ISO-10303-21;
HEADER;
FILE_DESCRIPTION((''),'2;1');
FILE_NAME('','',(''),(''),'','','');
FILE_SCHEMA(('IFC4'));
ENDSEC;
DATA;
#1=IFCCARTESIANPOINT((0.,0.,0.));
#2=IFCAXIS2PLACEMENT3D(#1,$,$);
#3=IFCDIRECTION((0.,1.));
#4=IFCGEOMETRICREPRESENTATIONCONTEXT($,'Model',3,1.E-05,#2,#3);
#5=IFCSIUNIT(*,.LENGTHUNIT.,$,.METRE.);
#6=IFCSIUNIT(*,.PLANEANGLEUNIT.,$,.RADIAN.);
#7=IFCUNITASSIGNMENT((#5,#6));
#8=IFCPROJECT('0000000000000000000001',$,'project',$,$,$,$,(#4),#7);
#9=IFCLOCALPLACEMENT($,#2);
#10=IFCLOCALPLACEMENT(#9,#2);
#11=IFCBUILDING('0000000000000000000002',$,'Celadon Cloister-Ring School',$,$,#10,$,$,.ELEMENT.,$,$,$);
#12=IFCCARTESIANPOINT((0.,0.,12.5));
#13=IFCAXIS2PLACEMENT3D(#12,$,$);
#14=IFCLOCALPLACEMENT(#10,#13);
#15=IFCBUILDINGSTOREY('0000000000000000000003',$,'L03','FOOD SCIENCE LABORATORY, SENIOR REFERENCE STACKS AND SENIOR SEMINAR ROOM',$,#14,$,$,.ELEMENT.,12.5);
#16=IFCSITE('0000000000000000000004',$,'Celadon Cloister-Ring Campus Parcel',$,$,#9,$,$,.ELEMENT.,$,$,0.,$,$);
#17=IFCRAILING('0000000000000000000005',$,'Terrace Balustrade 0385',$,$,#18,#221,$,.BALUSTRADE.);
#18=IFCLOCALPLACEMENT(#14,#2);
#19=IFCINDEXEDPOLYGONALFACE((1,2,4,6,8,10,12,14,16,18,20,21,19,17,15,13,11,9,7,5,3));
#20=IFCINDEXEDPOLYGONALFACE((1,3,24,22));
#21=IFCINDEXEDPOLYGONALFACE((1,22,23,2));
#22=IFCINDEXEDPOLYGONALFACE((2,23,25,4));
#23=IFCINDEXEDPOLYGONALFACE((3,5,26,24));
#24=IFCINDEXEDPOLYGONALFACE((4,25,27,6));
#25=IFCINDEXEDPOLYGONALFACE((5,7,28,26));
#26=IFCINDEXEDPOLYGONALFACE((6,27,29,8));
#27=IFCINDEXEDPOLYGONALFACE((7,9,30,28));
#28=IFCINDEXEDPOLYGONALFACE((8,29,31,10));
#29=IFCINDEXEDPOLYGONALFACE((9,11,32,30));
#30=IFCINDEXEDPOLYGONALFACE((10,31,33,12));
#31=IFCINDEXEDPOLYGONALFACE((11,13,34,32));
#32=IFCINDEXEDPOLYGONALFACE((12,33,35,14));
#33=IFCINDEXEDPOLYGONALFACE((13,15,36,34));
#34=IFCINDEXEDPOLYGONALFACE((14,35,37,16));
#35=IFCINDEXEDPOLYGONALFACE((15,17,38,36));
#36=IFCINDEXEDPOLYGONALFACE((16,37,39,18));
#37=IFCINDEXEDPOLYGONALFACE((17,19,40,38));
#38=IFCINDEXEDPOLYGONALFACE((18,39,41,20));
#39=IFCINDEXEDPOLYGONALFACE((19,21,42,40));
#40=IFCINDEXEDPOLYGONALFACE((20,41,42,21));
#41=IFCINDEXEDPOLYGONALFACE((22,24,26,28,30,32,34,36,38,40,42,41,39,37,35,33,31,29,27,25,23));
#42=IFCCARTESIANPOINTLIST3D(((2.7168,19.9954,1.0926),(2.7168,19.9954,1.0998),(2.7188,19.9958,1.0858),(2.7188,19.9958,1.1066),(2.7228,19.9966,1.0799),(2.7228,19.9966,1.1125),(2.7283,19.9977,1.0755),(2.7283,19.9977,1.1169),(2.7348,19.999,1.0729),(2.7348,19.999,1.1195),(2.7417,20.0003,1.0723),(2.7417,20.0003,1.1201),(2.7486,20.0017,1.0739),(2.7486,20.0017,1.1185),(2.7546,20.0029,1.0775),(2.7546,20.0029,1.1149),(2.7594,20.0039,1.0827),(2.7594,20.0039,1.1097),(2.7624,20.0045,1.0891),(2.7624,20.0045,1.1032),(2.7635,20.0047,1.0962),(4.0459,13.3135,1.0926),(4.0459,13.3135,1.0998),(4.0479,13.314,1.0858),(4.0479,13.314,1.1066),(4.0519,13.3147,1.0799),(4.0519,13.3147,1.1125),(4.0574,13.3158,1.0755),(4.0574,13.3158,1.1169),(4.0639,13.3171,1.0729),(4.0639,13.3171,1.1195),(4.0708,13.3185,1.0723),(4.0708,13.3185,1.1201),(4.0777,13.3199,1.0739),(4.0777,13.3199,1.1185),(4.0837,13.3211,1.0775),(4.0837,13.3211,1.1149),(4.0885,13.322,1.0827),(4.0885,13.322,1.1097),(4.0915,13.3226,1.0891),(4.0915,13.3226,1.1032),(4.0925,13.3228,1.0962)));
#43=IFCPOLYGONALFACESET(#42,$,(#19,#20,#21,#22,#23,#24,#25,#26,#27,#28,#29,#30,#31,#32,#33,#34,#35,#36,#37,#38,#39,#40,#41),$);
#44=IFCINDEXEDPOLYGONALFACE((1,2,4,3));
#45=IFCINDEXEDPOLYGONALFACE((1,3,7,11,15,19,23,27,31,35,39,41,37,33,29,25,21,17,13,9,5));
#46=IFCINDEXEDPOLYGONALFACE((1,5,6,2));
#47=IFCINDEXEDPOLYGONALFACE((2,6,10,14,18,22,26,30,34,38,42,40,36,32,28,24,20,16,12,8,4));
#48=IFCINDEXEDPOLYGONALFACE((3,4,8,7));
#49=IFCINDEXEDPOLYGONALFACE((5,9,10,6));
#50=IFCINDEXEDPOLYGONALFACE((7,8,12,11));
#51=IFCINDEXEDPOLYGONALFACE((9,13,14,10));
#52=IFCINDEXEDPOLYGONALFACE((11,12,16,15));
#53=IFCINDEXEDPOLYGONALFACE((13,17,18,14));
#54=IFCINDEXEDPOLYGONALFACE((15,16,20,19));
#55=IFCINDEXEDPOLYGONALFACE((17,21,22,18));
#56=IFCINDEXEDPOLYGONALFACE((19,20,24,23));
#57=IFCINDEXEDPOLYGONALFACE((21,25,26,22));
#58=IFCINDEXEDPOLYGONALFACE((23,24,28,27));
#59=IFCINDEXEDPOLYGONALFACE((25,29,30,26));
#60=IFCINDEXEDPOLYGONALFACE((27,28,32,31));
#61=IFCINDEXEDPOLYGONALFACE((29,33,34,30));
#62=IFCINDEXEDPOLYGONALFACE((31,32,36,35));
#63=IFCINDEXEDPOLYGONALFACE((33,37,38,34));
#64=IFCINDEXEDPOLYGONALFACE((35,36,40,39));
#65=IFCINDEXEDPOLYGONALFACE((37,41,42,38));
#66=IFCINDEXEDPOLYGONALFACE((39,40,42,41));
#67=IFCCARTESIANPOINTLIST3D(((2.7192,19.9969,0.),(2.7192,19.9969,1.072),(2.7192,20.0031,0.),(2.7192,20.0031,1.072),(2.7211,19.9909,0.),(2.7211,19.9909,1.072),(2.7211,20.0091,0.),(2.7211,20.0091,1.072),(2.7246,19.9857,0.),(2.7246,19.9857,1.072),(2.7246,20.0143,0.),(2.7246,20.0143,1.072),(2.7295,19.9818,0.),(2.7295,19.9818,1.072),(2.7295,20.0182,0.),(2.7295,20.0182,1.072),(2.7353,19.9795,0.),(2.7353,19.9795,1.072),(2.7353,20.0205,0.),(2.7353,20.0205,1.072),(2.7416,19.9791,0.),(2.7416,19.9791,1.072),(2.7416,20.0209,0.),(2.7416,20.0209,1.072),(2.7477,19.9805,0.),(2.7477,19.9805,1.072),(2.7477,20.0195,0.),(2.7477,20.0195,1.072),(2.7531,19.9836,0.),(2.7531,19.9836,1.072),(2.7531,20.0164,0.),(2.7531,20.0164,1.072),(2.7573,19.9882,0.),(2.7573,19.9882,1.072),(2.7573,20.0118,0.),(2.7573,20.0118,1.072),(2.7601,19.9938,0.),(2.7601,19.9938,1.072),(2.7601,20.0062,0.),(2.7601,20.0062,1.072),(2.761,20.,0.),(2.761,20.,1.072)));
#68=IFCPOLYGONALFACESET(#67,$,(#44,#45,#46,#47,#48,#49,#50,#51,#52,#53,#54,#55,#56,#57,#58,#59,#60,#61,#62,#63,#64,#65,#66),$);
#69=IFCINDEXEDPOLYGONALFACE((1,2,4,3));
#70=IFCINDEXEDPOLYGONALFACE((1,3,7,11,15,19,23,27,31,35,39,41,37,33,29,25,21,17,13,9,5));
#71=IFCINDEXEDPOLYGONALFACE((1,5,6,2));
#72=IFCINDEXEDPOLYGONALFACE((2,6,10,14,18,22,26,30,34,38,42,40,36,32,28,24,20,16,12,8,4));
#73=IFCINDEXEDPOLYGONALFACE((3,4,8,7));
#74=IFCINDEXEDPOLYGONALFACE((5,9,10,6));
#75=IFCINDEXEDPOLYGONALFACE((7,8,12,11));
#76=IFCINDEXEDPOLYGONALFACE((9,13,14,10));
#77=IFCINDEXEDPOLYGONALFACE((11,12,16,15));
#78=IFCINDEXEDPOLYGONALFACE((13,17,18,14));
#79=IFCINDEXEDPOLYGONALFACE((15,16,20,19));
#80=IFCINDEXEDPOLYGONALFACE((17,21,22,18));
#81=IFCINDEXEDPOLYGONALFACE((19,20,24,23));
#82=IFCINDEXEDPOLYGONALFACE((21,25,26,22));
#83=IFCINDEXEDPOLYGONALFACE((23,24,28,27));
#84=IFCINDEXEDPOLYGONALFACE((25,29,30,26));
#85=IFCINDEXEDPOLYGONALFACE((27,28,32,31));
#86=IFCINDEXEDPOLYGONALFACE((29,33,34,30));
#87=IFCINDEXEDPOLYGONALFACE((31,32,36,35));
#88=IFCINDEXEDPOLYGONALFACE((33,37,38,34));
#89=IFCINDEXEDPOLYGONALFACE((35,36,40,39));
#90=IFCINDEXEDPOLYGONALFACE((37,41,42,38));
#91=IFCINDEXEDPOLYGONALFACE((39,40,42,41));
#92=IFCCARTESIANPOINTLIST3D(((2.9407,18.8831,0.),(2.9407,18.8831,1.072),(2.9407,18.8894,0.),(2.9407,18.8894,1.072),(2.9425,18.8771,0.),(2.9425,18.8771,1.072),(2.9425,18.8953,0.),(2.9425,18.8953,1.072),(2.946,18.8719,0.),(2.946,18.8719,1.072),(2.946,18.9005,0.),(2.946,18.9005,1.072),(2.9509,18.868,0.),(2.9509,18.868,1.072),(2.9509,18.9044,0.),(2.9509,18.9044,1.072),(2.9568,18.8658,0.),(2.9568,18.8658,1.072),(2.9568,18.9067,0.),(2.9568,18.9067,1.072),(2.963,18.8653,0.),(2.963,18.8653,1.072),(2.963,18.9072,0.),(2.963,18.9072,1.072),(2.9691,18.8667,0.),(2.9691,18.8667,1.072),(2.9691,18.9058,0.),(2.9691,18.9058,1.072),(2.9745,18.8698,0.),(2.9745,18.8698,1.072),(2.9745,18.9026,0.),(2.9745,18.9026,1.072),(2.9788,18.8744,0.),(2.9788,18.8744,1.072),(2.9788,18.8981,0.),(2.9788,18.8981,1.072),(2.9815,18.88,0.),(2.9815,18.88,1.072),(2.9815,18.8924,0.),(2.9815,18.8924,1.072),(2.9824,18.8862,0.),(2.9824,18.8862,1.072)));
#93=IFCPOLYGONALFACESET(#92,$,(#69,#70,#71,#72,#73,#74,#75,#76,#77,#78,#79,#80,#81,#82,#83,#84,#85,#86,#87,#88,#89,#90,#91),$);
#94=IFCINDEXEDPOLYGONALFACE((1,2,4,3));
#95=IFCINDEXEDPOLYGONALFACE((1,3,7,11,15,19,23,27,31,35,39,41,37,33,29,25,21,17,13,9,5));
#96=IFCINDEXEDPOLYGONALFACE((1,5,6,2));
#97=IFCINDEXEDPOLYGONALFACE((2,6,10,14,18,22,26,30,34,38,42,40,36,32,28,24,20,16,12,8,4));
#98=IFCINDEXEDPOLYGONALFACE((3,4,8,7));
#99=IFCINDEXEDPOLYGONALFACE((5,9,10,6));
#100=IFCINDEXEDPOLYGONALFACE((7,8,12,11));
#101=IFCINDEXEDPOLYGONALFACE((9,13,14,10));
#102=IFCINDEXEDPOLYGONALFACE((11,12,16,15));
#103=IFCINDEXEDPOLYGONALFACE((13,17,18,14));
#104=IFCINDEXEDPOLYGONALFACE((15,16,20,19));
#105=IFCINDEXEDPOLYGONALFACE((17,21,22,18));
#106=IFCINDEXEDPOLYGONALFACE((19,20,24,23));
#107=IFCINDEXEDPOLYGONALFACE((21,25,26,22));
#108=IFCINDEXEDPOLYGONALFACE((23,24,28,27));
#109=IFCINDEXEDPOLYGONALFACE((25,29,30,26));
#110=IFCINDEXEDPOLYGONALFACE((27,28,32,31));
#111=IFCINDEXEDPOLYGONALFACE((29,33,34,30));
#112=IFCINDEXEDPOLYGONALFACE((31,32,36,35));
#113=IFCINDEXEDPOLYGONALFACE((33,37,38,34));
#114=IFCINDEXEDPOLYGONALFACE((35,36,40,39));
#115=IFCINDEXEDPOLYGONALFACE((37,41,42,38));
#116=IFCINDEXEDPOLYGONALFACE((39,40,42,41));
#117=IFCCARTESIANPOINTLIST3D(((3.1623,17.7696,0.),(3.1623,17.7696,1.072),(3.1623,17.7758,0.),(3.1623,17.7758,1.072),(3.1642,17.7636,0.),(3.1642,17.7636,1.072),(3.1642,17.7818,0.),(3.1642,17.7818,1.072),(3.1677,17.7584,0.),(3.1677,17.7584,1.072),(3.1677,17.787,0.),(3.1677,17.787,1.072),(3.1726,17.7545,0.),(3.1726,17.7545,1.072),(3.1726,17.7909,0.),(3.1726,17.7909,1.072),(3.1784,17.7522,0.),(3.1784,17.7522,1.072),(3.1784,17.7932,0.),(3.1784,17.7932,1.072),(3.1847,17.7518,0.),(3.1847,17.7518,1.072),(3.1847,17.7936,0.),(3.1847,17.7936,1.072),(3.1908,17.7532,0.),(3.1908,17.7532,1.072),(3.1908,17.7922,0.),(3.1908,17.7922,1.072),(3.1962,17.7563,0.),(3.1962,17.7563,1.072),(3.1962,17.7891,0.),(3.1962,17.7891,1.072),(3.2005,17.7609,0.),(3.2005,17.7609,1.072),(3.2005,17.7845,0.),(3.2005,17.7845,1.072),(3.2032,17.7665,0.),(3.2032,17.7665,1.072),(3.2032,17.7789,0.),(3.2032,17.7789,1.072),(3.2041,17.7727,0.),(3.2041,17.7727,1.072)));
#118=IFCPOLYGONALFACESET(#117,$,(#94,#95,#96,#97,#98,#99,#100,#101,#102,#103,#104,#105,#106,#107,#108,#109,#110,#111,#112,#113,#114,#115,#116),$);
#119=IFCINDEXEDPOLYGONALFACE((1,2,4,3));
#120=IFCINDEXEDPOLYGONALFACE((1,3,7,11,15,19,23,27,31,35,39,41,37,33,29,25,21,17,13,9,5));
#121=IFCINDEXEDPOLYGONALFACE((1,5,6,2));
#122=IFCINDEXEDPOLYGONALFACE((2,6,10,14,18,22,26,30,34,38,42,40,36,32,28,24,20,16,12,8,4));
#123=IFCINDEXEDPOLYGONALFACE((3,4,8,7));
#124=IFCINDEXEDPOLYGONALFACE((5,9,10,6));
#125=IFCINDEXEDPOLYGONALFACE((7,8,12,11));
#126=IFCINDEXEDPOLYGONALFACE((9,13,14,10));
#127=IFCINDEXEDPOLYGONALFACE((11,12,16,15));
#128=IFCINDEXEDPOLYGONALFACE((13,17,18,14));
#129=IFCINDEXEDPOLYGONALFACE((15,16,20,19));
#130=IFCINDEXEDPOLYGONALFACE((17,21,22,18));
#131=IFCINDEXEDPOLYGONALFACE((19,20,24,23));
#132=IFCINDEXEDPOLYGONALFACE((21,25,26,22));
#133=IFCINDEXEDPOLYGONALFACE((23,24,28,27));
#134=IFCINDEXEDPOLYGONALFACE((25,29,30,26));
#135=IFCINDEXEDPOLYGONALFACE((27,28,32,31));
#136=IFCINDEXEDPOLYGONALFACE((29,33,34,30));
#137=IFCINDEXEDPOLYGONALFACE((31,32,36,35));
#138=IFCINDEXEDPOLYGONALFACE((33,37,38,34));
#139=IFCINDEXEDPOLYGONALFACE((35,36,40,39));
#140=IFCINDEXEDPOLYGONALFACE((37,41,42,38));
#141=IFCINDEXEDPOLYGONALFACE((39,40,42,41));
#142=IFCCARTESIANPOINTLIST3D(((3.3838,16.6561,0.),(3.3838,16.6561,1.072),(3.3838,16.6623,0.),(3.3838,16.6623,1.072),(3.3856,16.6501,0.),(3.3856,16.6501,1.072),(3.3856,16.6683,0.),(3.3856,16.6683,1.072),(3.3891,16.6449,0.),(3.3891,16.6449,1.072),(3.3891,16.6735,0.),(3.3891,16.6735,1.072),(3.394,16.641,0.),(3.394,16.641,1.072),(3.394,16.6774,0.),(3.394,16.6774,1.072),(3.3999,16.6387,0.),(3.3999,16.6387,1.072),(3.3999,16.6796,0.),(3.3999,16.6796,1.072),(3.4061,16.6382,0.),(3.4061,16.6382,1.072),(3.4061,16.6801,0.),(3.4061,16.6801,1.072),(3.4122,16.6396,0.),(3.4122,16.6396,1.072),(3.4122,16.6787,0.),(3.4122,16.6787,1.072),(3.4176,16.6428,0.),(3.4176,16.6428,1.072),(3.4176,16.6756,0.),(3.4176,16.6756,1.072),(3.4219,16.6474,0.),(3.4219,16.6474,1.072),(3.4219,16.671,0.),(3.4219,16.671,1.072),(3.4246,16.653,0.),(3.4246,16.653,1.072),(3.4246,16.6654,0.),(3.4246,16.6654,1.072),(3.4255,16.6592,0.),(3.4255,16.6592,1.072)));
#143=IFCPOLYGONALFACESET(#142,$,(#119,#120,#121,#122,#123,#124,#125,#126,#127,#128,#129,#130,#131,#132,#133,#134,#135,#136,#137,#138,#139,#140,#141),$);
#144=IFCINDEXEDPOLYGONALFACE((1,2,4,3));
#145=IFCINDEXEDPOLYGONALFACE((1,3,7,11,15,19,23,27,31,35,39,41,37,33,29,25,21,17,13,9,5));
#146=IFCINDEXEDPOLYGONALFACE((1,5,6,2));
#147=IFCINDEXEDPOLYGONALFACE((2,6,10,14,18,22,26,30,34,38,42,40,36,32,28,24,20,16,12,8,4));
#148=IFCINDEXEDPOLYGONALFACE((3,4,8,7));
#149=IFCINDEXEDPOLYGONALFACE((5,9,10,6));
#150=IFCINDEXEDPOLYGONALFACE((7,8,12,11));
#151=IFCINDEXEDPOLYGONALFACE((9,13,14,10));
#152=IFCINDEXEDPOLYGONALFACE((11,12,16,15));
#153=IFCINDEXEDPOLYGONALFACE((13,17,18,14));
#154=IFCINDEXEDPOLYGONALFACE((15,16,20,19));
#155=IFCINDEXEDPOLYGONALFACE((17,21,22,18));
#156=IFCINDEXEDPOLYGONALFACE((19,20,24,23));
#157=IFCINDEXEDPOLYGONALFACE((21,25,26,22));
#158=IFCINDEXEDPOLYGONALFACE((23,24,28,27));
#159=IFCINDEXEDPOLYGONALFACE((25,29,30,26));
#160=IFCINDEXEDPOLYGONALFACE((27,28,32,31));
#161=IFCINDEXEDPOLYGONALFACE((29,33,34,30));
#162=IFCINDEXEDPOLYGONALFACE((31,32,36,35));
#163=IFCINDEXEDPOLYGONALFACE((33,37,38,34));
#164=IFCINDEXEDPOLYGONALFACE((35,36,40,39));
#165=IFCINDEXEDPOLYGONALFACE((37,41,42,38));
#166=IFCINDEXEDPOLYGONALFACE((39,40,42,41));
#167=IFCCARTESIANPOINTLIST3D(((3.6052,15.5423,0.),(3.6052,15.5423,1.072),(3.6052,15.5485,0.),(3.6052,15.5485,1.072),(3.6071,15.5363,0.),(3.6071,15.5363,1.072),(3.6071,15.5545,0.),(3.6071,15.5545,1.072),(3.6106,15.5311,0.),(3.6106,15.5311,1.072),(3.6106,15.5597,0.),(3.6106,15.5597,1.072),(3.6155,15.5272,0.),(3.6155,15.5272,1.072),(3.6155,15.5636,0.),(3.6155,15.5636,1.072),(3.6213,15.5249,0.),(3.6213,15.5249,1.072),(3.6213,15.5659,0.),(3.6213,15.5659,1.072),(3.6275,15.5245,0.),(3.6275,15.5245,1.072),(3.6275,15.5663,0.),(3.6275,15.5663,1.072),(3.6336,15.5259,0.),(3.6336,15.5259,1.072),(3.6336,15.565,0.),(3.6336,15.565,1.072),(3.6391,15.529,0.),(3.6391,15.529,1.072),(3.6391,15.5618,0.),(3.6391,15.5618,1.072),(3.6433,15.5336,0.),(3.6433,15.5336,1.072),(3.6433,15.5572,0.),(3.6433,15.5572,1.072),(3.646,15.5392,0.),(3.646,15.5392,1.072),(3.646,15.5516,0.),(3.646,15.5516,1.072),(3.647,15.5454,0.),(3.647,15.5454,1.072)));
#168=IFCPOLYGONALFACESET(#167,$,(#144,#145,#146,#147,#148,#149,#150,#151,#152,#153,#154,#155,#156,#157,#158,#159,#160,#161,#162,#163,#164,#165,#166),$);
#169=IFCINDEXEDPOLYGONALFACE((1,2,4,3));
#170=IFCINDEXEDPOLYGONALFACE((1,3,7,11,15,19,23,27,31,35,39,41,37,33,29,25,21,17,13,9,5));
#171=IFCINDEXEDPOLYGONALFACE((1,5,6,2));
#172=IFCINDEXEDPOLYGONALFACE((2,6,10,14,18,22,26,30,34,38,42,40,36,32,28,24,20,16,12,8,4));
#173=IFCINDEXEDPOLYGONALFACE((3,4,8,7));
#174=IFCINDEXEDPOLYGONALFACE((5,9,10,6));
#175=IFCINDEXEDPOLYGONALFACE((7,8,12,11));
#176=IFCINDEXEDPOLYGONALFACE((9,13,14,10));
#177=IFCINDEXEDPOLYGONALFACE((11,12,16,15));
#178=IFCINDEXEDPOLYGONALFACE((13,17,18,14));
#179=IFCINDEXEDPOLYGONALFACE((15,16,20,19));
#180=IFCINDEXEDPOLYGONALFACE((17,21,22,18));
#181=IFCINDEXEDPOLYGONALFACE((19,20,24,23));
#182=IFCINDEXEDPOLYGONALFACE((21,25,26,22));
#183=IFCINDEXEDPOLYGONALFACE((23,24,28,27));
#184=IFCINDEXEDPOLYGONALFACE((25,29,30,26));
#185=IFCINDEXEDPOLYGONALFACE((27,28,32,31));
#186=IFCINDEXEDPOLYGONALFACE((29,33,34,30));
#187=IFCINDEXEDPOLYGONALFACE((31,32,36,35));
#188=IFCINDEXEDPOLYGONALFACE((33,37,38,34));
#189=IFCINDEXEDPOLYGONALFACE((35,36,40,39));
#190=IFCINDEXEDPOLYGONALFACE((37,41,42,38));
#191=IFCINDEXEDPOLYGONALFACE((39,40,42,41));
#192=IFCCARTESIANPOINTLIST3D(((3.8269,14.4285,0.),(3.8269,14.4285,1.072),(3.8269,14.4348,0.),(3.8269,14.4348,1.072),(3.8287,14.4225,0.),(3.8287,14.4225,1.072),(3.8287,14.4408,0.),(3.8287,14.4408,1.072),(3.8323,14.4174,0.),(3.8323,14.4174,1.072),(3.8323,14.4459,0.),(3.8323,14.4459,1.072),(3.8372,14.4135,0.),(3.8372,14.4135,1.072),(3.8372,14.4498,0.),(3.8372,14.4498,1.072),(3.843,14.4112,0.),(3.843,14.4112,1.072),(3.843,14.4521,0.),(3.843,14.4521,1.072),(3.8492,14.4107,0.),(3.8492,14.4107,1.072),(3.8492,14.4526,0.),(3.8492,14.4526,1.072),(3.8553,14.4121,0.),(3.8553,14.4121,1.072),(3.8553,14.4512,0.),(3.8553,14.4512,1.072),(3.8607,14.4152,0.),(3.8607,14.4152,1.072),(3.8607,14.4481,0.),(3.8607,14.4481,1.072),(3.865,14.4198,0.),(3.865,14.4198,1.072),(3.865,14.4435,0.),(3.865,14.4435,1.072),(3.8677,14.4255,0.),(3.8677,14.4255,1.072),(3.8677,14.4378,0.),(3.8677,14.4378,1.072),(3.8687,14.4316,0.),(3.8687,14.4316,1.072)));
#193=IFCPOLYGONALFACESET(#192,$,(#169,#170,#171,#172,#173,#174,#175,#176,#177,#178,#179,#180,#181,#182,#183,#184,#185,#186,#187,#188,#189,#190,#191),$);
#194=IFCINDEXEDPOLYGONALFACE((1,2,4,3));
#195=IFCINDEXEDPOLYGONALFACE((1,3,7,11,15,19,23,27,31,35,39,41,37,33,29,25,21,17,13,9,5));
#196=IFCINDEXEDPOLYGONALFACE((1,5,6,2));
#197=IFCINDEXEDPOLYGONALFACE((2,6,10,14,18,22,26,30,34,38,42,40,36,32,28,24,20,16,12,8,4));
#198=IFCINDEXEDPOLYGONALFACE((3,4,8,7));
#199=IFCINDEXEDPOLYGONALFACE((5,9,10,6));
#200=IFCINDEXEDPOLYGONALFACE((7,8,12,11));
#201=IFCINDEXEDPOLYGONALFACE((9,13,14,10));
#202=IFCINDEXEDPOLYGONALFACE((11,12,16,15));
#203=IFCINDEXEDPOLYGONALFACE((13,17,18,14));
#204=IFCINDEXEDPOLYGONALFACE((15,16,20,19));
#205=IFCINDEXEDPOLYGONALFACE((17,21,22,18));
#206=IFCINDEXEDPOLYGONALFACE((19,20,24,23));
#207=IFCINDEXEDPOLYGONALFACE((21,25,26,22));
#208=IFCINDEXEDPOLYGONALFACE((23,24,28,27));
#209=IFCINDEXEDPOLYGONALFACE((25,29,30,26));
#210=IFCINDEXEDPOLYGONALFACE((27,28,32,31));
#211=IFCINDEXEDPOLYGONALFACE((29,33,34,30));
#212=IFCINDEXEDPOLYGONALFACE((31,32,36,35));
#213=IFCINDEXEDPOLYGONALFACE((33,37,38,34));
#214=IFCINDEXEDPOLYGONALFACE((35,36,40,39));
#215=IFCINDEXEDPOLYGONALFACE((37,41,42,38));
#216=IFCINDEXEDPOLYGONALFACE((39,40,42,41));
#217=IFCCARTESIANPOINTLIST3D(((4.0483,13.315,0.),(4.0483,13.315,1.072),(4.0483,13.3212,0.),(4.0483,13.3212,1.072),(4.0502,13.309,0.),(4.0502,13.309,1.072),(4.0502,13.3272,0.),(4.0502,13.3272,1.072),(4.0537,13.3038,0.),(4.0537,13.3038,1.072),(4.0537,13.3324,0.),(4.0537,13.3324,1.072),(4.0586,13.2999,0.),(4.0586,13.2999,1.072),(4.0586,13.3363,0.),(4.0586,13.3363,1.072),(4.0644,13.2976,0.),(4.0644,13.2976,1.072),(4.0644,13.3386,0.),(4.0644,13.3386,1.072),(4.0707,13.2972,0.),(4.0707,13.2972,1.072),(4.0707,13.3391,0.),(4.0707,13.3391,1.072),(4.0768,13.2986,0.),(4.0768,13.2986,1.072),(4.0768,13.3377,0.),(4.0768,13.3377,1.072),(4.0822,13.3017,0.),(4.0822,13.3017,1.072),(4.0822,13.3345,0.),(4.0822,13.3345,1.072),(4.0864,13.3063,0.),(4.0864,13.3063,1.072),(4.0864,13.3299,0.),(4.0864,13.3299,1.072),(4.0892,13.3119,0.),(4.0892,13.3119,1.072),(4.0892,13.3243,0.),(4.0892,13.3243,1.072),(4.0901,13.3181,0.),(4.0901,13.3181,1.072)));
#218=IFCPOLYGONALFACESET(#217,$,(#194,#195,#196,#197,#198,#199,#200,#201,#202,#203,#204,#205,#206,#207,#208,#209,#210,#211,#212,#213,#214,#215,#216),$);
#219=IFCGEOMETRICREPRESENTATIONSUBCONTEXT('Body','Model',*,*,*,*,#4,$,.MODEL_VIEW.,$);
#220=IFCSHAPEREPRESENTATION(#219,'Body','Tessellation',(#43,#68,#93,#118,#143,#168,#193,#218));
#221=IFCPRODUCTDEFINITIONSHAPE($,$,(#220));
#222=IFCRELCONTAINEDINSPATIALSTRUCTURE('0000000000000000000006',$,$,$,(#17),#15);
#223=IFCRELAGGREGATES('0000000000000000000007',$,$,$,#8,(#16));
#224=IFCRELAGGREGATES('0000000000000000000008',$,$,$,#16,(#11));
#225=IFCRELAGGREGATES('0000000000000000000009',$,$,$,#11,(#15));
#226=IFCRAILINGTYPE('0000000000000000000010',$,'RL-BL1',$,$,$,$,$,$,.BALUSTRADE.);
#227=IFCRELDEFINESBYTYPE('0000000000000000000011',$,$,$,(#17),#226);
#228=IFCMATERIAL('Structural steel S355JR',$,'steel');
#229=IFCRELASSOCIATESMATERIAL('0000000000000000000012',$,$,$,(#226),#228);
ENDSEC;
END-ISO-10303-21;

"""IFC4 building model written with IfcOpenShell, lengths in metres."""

from ifc_helpers import new_model, si_unit, direction, frame, origin, origin_2d, place, context, subcontext, project, spatial, circle, extrude, material, type_object, element, save


model = new_model("IFC4")

# Units and contexts
model_context = context("Model", 3, precision=1e-05, world=origin(), true_north=direction((0.0, 1.0)))
body_context = subcontext(model_context, "Body", "Model", "MODEL_VIEW")
ifc_project = project(units=[si_unit("LENGTHUNIT", "METRE"), si_unit("PLANEANGLEUNIT", "RADIAN")], contexts=[model_context])

# Site, building, storey
site_placement = place(None, origin())
site = spatial("IfcSite", under=ifc_project, at=site_placement, Name="Celadon Cloister-Ring Campus Parcel", CompositionType="ELEMENT", RefElevation=0.0)
building_placement = place(site_placement, origin())
building = spatial("IfcBuilding", under=site, at=building_placement, Name="Celadon Cloister-Ring School", CompositionType="ELEMENT")
storey_placement = place(building_placement, frame((0.0, 0.0, 12.5)))
storey = spatial("IfcBuildingStorey", under=building, at=storey_placement, Name="L03", Description="FOOD SCIENCE LABORATORY, SENIOR REFERENCE STACKS AND SENIOR SEMINAR ROOM", CompositionType="ELEMENT", Elevation=12.5)

# Railing
ifc_material_1 = material(Name="Structural steel S355JR", Category="steel")
railing_type_1 = type_object("IfcRailingType", Name="RL-BL1", PredefinedType="BALUSTRADE", material=ifc_material_1)
railing_1_placement = place(storey_placement, frame((2.74, 20.0, 0.0)))
element("IfcRailing", 1, at=railing_1_placement, inside=storey, type_object=railing_type_1, Name="Terrace Balustrade 0385", PredefinedType="BALUSTRADE", context=body_context, shape_type="SweptSolid", body=[
    extrude(circle(Radius=0.0239, at=origin_2d()), frame((0.0, 0.0, 1.0962), z_axis=(0.195089, -0.980786, 0.0), x_axis=(0.980786, 0.195089, 0.0)), (0.0, 0.0, 1.0), 6.8127),
    extrude(circle(Radius=0.021, at=origin_2d()), origin(), (0.0, 0.0, 1.0), 1.072),
    extrude(circle(Radius=0.021, at=origin_2d()), frame((0.2214, -1.1138, 0.0)), (0.0, 0.0, 1.0), 1.072),
    extrude(circle(Radius=0.021, at=origin_2d()), frame((0.4431, -2.2273, 0.0)), (0.0, 0.0, 1.0), 1.072),
    extrude(circle(Radius=0.021, at=origin_2d()), frame((0.6646, -3.3408, 0.0)), (0.0, 0.0, 1.0), 1.072),
    extrude(circle(Radius=0.021, at=origin_2d()), frame((0.886, -4.4546, 0.0)), (0.0, 0.0, 1.0), 1.072),
    extrude(circle(Radius=0.021, at=origin_2d()), frame((1.1077, -5.5684, 0.0)), (0.0, 0.0, 1.0), 1.072),
    extrude(circle(Radius=0.021, at=origin_2d()), frame((1.3291, -6.6819, 0.0)), (0.0, 0.0, 1.0), 1.072),
])

save(model, "model.ifc")
